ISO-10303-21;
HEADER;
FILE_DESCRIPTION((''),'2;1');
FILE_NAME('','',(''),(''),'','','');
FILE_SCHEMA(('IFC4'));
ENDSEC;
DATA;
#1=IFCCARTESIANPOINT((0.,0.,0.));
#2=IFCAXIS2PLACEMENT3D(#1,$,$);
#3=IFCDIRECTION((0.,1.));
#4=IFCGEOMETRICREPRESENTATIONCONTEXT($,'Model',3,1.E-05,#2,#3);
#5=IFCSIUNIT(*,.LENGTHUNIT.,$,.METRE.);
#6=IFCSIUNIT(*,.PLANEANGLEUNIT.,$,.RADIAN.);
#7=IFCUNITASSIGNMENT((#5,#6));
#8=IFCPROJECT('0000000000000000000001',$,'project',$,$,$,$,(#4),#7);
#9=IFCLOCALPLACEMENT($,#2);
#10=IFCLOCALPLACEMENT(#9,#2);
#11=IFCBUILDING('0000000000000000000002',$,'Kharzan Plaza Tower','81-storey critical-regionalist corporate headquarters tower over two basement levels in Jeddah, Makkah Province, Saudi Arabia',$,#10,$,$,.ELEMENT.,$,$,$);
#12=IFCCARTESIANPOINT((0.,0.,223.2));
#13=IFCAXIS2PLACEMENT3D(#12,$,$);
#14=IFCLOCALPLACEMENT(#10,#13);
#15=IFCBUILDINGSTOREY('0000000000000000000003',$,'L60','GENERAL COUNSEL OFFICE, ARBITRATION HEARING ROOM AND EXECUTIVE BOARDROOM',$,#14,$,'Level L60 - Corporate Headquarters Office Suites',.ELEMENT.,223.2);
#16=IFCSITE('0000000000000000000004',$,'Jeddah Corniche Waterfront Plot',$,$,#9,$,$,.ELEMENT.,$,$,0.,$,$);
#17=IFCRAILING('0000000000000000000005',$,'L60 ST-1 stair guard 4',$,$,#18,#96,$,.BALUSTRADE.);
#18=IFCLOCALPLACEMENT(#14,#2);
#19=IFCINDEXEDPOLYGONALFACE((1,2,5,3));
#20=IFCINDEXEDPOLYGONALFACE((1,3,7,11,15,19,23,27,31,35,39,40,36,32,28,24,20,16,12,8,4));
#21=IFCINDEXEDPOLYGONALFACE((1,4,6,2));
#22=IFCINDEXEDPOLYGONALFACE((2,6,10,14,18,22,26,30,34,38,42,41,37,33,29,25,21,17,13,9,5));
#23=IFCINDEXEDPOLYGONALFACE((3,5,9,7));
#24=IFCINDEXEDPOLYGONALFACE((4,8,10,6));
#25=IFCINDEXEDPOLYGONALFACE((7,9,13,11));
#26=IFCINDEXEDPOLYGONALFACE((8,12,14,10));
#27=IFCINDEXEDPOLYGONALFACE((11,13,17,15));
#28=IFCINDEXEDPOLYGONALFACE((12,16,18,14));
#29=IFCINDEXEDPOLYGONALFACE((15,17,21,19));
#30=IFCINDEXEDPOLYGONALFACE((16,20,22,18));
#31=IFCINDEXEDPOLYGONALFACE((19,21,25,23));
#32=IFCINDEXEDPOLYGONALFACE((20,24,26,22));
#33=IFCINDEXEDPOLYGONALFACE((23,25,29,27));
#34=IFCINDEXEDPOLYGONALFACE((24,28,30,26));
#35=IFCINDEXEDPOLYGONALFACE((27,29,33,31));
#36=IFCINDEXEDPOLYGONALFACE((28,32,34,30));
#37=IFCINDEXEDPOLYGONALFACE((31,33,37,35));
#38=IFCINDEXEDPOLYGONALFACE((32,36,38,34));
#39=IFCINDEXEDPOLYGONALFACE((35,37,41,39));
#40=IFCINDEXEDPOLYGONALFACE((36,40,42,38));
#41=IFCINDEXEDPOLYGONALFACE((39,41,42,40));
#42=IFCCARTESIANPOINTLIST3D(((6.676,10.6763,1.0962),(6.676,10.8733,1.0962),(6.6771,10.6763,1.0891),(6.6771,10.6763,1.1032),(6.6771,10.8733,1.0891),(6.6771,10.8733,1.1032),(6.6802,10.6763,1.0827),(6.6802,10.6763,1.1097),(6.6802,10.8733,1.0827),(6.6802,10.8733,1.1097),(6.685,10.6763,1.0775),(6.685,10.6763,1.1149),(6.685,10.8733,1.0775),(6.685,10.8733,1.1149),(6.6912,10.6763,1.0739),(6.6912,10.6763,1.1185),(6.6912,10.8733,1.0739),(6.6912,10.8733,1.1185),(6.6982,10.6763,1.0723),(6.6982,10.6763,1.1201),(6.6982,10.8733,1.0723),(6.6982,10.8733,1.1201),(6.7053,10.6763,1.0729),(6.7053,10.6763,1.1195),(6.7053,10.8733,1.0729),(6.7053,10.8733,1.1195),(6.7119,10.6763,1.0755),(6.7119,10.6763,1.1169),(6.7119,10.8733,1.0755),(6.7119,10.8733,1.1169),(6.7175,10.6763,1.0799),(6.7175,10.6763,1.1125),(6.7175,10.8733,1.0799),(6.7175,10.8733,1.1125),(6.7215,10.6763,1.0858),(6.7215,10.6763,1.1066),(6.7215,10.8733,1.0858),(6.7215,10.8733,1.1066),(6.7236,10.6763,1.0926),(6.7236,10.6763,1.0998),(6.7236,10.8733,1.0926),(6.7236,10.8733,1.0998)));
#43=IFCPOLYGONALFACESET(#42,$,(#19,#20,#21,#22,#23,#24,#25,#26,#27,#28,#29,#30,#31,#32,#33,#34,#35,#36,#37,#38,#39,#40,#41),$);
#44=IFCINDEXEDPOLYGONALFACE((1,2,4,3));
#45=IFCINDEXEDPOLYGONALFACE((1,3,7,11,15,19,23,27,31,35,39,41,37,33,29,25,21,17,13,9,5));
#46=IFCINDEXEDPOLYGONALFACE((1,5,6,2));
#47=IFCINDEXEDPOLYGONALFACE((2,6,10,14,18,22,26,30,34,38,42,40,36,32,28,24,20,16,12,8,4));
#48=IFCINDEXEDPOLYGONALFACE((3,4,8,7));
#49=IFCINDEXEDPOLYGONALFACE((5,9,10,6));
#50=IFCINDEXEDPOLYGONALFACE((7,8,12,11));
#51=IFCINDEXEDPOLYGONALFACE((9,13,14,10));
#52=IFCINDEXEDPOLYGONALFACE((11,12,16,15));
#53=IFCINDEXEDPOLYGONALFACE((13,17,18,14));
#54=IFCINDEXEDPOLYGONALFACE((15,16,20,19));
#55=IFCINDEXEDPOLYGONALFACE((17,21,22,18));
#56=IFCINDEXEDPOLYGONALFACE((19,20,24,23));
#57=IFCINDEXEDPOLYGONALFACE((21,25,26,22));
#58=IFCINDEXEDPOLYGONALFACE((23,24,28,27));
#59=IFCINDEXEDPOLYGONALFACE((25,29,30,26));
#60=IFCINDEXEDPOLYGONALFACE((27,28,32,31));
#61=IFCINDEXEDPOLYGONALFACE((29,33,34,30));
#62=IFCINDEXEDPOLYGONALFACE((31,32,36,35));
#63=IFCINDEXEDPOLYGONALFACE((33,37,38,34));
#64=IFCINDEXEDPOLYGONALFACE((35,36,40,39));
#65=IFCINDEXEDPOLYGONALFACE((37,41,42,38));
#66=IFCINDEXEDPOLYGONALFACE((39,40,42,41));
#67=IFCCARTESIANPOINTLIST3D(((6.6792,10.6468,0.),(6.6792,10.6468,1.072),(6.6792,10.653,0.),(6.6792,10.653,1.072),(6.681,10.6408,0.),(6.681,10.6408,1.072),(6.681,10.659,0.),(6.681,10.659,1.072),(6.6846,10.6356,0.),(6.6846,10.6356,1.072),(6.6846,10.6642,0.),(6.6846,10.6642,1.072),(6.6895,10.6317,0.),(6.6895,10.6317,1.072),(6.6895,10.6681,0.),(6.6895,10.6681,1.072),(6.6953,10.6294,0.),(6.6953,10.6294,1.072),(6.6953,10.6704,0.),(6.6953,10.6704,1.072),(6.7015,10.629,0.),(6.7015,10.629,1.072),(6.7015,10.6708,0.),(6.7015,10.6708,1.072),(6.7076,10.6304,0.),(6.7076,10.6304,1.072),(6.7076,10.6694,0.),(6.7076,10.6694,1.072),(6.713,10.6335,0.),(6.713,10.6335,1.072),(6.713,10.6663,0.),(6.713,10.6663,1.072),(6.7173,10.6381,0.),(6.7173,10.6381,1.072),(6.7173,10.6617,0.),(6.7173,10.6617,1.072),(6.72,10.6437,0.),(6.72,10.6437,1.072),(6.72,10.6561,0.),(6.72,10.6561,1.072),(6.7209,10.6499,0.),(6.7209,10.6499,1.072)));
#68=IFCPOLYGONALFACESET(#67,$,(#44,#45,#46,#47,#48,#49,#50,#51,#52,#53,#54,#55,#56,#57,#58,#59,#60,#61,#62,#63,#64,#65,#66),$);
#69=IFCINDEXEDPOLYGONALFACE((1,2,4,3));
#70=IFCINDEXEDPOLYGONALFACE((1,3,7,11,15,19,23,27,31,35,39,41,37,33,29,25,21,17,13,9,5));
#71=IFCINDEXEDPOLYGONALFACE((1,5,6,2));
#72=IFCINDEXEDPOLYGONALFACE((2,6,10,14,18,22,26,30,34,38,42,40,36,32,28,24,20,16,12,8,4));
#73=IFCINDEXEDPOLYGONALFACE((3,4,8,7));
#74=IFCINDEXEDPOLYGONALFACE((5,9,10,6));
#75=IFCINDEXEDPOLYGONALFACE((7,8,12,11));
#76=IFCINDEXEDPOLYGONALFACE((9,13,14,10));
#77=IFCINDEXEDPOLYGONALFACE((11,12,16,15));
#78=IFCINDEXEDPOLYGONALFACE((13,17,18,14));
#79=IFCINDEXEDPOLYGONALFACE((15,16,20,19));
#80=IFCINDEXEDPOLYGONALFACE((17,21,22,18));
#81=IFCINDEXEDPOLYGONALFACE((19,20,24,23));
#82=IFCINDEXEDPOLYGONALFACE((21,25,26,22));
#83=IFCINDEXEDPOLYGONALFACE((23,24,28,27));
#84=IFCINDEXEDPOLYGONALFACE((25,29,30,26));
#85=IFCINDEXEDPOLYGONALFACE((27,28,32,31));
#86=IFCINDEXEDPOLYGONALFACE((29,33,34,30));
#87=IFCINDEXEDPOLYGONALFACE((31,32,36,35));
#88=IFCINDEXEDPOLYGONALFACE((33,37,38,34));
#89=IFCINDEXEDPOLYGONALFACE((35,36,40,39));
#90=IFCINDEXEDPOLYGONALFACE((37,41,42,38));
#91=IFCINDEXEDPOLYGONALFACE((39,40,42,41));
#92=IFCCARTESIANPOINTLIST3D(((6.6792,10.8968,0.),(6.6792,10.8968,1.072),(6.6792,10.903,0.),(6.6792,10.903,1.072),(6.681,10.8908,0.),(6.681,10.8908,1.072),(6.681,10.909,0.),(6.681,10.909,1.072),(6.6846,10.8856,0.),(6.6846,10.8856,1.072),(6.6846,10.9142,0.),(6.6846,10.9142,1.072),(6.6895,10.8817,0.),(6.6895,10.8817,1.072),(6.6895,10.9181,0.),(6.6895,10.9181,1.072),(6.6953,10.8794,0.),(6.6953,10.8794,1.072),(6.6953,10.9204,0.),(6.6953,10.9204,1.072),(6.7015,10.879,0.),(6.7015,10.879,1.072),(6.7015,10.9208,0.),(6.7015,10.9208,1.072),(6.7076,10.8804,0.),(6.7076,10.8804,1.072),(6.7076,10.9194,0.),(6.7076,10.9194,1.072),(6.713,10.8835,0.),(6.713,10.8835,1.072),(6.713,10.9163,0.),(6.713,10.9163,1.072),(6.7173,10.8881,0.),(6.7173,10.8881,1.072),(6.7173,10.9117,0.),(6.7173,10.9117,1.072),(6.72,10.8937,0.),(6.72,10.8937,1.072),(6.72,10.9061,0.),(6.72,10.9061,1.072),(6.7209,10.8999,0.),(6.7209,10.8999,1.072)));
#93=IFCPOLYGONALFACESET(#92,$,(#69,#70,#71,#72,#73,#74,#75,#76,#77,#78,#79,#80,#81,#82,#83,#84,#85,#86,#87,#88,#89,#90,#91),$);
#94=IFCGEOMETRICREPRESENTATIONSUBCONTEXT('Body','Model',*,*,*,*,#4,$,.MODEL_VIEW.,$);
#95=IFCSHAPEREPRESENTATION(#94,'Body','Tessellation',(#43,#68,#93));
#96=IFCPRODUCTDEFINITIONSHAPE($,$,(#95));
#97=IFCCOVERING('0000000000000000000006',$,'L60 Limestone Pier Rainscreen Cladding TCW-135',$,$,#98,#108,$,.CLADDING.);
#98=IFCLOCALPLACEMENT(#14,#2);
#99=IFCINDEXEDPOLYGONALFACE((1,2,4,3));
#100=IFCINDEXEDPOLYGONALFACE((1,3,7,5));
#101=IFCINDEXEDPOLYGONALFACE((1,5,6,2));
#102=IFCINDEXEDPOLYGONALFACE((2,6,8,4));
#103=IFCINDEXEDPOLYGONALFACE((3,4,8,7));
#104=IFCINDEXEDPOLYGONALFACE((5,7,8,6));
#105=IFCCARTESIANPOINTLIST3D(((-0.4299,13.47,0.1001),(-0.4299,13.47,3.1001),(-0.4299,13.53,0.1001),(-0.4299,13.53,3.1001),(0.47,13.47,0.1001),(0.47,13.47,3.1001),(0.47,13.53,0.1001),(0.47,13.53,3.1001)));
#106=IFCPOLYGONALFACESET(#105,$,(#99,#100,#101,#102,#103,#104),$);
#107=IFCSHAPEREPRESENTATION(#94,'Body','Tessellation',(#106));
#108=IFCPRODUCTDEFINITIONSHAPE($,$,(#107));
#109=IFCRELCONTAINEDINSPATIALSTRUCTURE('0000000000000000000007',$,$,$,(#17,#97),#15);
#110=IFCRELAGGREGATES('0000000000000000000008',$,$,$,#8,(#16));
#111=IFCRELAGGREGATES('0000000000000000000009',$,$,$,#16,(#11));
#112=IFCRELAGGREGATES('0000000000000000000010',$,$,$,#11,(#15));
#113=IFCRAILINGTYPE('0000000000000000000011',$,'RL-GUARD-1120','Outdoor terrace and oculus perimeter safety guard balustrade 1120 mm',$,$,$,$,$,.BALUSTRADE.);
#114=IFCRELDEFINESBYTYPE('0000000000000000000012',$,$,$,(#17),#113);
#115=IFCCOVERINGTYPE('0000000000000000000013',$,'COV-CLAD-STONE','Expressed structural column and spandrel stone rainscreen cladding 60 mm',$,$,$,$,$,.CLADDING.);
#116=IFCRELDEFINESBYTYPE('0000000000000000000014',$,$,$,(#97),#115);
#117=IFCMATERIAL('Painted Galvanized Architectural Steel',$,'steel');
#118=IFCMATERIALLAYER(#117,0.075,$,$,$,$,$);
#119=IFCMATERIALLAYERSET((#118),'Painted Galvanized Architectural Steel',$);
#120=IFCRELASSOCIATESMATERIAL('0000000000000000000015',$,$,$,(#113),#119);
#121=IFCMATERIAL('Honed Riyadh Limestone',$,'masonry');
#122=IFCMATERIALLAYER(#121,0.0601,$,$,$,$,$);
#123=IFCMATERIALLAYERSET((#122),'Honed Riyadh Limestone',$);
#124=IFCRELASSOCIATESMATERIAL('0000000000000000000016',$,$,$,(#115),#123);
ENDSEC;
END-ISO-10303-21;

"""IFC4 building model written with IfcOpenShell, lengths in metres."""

from ifc_helpers import new_model, si_unit, direction, frame, origin, origin_2d, place, context, subcontext, project, spatial, rectangle, circle, extrude, source, transform, mapped, material, layer, layer_set, type_object, element, save


model = new_model("IFC4")

# Units and contexts
model_context = context("Model", 3, precision=1e-05, world=origin(), true_north=direction((0.0, 1.0)))
body_context = subcontext(model_context, "Body", "Model", "MODEL_VIEW")
ifc_project = project(units=[si_unit("LENGTHUNIT", "METRE"), si_unit("PLANEANGLEUNIT", "RADIAN")], contexts=[model_context])

# Site, building, storey
site_placement = place(None, origin())
site = spatial("IfcSite", under=ifc_project, at=site_placement, Name="Jeddah Corniche Waterfront Plot", CompositionType="ELEMENT", RefElevation=0.0)
building_placement = place(site_placement, origin())
building = spatial("IfcBuilding", under=site, at=building_placement, Name="Kharzan Plaza Tower", Description="81-storey critical-regionalist corporate headquarters tower over two basement levels in Jeddah, Makkah Province, Saudi Arabia", CompositionType="ELEMENT")
storey_placement = place(building_placement, frame((0.0, 0.0, 223.2)))
storey = spatial("IfcBuildingStorey", under=building, at=storey_placement, Name="L60", Description="GENERAL COUNSEL OFFICE, ARBITRATION HEARING ROOM AND EXECUTIVE BOARDROOM", LongName="Level L60 - Corporate Headquarters Office Suites", CompositionType="ELEMENT", Elevation=223.2)

# Railing
ifc_material_1 = material(Name="Painted Galvanized Architectural Steel", Category="steel")
ifc_layer_1 = layer(ifc_material_1, 0.075)
ifc_layer_set_1 = layer_set([ifc_layer_1], Name="Painted Galvanized Architectural Steel")
railing_type_1 = type_object("IfcRailingType", Name="RL-GUARD-1120", Description="Outdoor terrace and oculus perimeter safety guard balustrade 1120 mm", PredefinedType="BALUSTRADE", material=ifc_layer_set_1)
shared_shape_1 = source(origin(), body_context, "Body", "SweptSolid", [
    extrude(circle(Radius=0.0239, at=origin_2d()), frame((0.0, 0.0264, 1.0962), z_axis=(0.0, 1.0, 0.0), x_axis=(-1.0, 0.0, 0.0)), (0.0, 0.0, 1.0), 0.197),
    extrude(circle(Radius=0.021, at=origin_2d()), origin(), (0.0, 0.0, 1.0), 1.072),
    extrude(circle(Radius=0.021, at=origin_2d()), frame((0.0, 0.25, 0.0)), (0.0, 0.0, 1.0), 1.072),
])
railing_1_placement = place(storey_placement, frame((6.7, 10.6499, 0.0)))
element("IfcRailing", 1, at=railing_1_placement, inside=storey, type_object=railing_type_1, Name="L60 ST-1 stair guard 4", PredefinedType="BALUSTRADE", context=body_context, shape_type="MappedRepresentation", body=[
    mapped(shared_shape_1, transform((0.0, 0.0, 0.0), x_axis=(1.0, 0.0, 0.0), y_axis=(0.0, 1.0, 0.0), z_axis=(0.0, 0.0, 1.0))),
])

# Covering
ifc_material_2 = material(Name="Honed Riyadh Limestone", Category="masonry")
ifc_layer_2 = layer(ifc_material_2, 0.0601)
ifc_layer_set_2 = layer_set([ifc_layer_2], Name="Honed Riyadh Limestone")
covering_type = type_object("IfcCoveringType", Name="COV-CLAD-STONE", Description="Expressed structural column and spandrel stone rainscreen cladding 60 mm", PredefinedType="CLADDING", material=ifc_layer_set_2)
shared_shape_2 = source(origin(), body_context, "Body", "SweptSolid", [
    extrude(rectangle(XDim=0.0601, YDim=0.8999, at=origin_2d()), origin(), (0.0, 0.0, 1.0), 3.0),
])
covering_placement = place(storey_placement, frame((0.02, 13.5, 0.1001), z_axis=(0.0, 0.0, 1.0), x_axis=(0.0, 1.0, 0.0)))
element("IfcCovering", 2, at=covering_placement, inside=storey, type_object=covering_type, Name="L60 Limestone Pier Rainscreen Cladding TCW-135", PredefinedType="CLADDING", context=body_context, shape_type="MappedRepresentation", body=[
    mapped(shared_shape_2, transform((0.0, 0.0, 0.0), x_axis=(1.0, 0.0, 0.0), y_axis=(0.0, 1.0, 0.0), z_axis=(0.0, 0.0, 1.0))),
])

save(model, "model.ifc")
